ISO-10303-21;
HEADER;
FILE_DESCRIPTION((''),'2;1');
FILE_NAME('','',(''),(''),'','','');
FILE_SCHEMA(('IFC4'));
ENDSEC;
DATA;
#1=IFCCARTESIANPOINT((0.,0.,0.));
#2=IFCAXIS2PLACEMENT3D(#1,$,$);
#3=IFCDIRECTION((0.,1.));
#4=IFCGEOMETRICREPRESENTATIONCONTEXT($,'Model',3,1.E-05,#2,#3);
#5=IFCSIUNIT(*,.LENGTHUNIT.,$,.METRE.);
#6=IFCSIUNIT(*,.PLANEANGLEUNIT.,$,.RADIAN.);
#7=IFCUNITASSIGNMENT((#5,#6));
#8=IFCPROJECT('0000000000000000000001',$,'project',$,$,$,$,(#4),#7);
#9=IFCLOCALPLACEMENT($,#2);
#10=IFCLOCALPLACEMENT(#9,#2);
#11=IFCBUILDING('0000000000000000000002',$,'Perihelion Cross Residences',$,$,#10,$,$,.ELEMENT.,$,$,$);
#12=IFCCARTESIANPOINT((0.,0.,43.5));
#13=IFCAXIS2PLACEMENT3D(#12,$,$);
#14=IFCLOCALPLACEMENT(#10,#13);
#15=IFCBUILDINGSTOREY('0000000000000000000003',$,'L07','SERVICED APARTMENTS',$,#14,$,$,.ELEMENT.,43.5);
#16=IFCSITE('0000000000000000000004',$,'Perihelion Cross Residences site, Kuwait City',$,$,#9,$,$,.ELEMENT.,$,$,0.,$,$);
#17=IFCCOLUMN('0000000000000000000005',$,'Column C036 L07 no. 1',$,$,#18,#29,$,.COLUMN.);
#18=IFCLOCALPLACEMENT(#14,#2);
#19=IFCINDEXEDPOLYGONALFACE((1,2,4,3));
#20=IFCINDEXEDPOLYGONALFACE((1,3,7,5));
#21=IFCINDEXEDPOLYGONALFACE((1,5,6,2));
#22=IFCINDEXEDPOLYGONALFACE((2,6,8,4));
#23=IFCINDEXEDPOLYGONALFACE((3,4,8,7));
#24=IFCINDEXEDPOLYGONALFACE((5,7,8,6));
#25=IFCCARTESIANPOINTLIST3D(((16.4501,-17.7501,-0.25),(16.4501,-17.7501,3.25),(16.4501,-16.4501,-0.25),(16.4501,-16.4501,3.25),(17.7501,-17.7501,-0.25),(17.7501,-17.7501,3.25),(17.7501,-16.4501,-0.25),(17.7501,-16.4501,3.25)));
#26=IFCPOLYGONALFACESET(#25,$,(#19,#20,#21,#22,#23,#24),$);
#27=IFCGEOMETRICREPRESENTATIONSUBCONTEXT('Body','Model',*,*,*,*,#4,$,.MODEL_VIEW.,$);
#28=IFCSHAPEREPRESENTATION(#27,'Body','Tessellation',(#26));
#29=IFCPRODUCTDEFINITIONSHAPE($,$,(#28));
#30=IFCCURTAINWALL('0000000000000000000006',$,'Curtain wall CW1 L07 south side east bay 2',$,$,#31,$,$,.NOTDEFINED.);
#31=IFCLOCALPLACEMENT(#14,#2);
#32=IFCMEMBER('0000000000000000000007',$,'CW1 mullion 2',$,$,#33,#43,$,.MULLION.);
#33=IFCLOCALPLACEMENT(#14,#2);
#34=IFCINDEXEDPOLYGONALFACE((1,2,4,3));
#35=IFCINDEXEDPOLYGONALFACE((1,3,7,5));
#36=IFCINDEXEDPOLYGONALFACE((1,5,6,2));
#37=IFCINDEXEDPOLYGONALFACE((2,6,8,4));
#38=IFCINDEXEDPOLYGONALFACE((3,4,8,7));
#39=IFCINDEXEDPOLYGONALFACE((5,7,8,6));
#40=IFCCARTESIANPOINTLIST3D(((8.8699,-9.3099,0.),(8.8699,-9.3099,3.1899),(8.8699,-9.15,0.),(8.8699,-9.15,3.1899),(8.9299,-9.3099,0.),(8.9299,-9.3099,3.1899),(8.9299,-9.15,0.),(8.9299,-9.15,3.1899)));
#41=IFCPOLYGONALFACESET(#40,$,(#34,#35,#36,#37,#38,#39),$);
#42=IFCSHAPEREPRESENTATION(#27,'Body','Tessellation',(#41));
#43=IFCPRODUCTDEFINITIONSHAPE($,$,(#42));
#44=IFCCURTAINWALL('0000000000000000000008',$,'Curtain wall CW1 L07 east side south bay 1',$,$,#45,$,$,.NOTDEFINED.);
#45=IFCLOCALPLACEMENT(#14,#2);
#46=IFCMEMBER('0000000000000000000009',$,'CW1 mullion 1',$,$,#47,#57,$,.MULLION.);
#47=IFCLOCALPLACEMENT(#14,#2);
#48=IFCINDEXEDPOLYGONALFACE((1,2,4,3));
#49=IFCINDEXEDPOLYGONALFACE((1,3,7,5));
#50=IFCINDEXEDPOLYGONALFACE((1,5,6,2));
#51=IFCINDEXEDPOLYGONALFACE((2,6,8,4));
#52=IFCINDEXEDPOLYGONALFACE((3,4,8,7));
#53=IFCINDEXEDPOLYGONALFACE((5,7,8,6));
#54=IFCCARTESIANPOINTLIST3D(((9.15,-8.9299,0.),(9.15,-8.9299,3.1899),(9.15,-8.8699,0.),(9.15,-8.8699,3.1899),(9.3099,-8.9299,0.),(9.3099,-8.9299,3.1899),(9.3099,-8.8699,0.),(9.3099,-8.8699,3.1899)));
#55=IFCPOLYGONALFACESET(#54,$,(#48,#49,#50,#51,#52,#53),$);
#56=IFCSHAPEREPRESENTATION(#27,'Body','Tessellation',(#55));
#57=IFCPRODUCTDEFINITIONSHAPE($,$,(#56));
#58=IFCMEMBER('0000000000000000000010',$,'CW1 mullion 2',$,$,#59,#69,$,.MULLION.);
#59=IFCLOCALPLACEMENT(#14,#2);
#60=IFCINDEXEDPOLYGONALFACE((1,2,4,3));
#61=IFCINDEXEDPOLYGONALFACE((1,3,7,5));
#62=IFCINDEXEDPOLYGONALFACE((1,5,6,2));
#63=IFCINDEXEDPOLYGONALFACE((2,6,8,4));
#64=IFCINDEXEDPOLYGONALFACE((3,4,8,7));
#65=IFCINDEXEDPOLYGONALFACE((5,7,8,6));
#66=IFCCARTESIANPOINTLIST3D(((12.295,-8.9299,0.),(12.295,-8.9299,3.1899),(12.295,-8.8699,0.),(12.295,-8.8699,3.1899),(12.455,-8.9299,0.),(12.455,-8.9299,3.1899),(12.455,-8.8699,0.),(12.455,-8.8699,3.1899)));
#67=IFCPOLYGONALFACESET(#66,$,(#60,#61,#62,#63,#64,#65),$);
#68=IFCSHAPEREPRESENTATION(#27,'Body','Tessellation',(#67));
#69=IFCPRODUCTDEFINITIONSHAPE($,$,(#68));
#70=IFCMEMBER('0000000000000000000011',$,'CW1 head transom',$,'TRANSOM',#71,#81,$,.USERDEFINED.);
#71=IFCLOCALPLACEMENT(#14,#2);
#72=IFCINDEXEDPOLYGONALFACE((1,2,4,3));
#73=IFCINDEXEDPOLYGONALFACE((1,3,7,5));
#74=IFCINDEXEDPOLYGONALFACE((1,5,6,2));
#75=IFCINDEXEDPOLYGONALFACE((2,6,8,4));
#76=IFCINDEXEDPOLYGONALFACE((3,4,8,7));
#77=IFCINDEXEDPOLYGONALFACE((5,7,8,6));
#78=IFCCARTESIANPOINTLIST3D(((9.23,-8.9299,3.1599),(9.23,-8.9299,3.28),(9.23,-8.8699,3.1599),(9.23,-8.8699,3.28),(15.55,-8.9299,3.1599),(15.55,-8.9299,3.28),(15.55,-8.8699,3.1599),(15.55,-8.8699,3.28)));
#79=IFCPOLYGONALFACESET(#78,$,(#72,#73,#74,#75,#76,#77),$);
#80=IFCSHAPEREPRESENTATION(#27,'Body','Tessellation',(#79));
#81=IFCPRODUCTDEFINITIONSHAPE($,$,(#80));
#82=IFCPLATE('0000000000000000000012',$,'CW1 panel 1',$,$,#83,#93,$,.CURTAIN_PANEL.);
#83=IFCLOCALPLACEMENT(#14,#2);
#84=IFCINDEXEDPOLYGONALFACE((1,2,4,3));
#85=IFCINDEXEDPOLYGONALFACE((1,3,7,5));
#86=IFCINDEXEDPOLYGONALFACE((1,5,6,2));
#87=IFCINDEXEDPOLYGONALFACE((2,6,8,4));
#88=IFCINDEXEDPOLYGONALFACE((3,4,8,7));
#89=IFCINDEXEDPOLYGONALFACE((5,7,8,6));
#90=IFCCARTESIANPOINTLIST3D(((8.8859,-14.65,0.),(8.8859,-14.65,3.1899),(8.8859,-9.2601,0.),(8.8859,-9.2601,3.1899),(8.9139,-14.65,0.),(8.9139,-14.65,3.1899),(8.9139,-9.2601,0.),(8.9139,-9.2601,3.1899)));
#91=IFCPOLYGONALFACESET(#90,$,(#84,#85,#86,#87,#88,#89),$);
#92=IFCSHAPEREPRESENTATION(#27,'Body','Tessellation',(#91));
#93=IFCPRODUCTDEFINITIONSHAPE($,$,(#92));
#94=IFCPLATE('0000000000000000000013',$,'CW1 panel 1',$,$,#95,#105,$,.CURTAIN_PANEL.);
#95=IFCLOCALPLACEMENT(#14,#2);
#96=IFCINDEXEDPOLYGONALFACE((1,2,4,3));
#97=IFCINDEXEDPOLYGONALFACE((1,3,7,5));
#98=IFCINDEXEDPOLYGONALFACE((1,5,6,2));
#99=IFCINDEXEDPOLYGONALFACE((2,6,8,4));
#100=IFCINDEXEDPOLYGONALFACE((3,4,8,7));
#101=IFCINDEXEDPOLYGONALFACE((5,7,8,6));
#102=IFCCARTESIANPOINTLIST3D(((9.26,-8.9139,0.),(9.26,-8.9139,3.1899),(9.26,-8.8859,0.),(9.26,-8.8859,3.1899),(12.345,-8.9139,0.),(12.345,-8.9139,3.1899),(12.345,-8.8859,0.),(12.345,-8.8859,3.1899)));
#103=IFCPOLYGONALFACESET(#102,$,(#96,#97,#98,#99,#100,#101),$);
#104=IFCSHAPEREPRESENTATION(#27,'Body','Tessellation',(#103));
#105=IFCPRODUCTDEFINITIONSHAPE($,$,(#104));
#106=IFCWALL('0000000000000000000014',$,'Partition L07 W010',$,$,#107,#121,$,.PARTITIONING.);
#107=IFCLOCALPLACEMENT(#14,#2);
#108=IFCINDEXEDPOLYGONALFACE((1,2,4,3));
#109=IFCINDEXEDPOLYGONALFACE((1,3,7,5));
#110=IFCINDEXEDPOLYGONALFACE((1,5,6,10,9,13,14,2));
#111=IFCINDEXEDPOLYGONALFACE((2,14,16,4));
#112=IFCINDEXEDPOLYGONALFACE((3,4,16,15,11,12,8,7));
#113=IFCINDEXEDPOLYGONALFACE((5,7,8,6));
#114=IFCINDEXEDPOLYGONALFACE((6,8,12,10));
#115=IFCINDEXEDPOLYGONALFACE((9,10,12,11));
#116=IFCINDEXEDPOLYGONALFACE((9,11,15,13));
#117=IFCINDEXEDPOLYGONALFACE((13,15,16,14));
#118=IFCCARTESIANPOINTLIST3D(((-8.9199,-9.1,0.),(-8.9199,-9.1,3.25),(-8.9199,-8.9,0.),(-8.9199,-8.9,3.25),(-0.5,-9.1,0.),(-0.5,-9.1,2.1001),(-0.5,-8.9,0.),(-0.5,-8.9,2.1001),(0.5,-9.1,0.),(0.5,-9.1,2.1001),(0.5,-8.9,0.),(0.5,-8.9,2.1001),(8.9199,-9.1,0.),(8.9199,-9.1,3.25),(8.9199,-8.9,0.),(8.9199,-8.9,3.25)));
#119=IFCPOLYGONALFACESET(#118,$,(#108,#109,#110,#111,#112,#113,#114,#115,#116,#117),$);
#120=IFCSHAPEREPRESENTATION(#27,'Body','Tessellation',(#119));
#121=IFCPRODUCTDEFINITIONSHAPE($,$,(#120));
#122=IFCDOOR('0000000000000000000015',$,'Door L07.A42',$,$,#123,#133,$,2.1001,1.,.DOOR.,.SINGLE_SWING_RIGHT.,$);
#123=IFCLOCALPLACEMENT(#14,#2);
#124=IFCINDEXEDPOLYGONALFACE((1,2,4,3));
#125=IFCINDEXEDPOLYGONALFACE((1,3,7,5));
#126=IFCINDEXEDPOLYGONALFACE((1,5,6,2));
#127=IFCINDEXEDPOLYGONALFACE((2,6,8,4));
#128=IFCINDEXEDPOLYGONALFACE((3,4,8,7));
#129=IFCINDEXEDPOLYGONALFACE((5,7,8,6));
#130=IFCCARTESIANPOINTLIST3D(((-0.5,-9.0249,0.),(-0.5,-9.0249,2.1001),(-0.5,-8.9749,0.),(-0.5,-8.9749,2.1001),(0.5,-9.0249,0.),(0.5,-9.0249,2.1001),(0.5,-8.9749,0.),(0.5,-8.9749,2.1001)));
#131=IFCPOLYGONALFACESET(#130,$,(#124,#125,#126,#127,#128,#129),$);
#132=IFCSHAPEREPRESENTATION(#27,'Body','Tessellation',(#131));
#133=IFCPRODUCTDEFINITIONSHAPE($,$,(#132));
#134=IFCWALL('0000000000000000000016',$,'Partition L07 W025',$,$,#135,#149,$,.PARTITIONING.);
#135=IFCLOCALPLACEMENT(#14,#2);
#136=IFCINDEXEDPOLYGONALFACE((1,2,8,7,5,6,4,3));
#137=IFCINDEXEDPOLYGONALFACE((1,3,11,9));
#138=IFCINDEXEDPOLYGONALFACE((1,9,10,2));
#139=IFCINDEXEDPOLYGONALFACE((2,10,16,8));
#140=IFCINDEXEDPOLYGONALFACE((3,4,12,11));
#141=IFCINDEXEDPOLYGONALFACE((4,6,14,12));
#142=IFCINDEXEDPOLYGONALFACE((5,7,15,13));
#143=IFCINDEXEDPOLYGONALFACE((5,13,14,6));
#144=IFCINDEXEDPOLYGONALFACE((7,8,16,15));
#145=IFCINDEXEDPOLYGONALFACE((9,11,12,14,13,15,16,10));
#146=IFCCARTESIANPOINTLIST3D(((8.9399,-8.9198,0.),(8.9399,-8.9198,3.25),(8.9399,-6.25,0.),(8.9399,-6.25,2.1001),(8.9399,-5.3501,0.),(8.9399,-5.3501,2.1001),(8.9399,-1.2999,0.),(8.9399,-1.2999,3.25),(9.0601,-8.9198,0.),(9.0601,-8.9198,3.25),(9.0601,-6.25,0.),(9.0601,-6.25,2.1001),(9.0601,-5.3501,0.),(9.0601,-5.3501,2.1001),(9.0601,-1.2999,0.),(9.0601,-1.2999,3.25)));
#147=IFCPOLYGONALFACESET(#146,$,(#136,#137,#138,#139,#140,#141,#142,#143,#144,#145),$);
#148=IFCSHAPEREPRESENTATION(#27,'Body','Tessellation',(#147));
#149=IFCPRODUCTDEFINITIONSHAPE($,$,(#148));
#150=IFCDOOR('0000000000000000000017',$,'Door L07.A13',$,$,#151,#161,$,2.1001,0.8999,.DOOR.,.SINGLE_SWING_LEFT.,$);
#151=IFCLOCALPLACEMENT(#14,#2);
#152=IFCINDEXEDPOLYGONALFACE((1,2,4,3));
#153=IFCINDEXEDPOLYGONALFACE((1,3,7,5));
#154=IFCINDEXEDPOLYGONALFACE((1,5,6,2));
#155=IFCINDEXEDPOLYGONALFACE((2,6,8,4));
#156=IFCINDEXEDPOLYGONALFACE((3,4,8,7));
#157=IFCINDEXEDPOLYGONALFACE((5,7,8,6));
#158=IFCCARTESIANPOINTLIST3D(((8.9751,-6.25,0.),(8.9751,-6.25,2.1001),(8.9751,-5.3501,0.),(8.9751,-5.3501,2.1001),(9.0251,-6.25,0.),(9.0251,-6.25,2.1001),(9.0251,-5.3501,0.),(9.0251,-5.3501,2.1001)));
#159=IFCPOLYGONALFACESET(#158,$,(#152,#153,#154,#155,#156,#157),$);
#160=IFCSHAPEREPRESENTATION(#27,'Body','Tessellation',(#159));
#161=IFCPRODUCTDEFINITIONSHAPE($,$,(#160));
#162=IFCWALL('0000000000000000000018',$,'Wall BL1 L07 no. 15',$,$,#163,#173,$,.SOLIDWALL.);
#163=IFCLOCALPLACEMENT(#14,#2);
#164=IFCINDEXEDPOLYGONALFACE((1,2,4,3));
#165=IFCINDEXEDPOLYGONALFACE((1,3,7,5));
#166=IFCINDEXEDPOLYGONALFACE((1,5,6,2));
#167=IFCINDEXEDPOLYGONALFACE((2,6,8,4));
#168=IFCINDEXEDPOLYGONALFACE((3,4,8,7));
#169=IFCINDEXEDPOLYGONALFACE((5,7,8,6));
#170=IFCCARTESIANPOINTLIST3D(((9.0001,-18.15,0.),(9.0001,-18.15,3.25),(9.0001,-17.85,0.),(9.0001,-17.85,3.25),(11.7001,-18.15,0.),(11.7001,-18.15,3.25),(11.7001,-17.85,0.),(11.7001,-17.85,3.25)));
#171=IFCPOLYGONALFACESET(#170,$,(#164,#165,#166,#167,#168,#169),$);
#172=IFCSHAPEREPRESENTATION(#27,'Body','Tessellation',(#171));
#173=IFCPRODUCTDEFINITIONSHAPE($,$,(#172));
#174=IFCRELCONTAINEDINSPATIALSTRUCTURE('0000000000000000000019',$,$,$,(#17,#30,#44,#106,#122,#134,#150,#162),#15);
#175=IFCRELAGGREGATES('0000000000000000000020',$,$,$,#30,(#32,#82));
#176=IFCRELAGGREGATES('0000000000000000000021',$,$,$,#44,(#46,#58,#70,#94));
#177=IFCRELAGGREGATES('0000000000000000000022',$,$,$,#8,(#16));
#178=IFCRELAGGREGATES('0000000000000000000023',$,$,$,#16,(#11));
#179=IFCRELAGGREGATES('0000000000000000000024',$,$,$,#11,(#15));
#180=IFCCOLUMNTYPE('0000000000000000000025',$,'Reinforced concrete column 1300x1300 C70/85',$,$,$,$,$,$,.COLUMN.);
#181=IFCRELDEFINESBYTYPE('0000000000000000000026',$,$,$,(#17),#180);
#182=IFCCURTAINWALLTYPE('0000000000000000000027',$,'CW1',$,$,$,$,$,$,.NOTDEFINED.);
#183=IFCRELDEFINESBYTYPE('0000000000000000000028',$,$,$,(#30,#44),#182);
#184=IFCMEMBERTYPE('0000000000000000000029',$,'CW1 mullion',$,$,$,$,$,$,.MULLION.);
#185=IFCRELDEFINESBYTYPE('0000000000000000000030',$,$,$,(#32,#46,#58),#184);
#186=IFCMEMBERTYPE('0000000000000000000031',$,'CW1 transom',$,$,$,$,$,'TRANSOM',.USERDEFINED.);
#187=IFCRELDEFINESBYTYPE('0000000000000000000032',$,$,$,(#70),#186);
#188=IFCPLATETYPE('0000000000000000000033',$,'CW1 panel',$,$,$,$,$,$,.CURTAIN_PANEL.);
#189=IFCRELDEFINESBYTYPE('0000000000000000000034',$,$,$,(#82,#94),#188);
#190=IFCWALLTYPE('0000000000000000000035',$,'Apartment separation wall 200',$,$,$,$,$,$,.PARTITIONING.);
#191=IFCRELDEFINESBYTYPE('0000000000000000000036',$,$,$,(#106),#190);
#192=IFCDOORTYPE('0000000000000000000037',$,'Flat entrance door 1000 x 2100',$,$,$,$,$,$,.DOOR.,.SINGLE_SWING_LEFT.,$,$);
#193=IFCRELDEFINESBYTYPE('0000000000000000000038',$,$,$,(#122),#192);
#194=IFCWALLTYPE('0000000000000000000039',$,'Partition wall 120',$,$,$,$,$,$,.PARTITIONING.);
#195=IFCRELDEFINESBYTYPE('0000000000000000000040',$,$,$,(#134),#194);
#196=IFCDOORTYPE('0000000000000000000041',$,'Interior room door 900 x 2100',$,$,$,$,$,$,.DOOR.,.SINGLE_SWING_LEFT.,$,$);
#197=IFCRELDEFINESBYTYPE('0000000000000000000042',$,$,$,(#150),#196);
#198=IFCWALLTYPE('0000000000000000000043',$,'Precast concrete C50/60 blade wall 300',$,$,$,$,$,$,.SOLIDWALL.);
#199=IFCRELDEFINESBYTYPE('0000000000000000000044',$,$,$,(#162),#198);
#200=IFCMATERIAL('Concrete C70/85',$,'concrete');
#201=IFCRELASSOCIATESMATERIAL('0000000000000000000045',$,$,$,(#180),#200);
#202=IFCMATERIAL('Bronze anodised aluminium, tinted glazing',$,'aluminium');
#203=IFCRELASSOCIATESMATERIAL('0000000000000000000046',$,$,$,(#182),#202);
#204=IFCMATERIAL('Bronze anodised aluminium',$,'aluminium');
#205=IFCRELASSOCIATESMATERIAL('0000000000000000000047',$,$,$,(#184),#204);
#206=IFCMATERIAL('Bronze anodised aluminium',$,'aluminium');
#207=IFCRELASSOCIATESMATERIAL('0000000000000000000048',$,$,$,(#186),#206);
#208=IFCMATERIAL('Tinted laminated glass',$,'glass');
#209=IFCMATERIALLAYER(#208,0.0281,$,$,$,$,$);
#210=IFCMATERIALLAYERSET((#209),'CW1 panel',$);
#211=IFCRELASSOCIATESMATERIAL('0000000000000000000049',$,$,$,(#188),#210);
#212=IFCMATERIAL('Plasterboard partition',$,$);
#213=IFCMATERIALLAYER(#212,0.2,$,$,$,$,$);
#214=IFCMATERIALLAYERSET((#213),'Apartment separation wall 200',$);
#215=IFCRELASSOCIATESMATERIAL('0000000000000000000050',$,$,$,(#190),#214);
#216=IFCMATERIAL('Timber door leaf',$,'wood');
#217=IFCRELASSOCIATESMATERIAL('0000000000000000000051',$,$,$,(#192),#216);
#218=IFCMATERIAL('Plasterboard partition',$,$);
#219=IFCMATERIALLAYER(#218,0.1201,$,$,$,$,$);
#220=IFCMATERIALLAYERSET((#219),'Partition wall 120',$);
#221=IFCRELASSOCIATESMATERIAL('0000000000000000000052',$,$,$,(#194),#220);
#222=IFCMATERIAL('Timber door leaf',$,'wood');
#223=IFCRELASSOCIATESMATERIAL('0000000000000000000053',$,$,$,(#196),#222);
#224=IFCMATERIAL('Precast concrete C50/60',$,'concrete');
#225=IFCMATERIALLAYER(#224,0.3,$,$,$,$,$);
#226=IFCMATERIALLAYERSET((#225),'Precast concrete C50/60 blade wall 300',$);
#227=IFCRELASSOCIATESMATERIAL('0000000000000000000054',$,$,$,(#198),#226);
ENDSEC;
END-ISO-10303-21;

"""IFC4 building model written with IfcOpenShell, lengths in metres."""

from ifc_helpers import new_model, si_unit, direction, frame, frame_2d, origin, origin_2d, place, context, subcontext, project, spatial, rectangle, extrude, material, layer, layer_set, material_profile, profile_set, type_object, element, fill, aggregate, save


model = new_model("IFC4")

# Units and contexts
model_context = context("Model", 3, precision=1e-05, world=origin(), true_north=direction((0.0, 1.0)))
body_context = subcontext(model_context, "Body", "Model", "MODEL_VIEW")
ifc_project = project(units=[si_unit("LENGTHUNIT", "METRE"), si_unit("PLANEANGLEUNIT", "RADIAN")], contexts=[model_context])

# Site, building, storey
site_placement = place(None, origin())
site = spatial("IfcSite", under=ifc_project, at=site_placement, Name="Perihelion Cross Residences site, Kuwait City", CompositionType="ELEMENT", RefElevation=0.0)
building_placement = place(site_placement, origin())
building = spatial("IfcBuilding", under=site, at=building_placement, Name="Perihelion Cross Residences", CompositionType="ELEMENT")
storey_placement = place(building_placement, frame((0.0, 0.0, 43.5)))
storey = spatial("IfcBuildingStorey", under=building, at=storey_placement, Name="L07", Description="SERVICED APARTMENTS", CompositionType="ELEMENT", Elevation=43.5)

# Column
ifc_material_1 = material(Name="Concrete C70/85", Category="concrete")
ifc_material_profile_1 = material_profile(ifc_material_1, rectangle(XDim=1.3, YDim=1.3, at=origin_2d()), Name="RC 1300x1300")
ifc_profile_set_1 = profile_set([ifc_material_profile_1], Name="Concrete C70/85")
column_type = type_object("IfcColumnType", Name="Reinforced concrete column 1300x1300 C70/85", PredefinedType="COLUMN", material=ifc_profile_set_1)
column_placement = place(storey_placement, frame((17.1001, -17.1001, -0.25), z_axis=(0.0, 0.0, 1.0), x_axis=(1.0, 0.0, 0.0)))
element("IfcColumn", 1, at=column_placement, inside=storey, type_object=column_type, Name="Column C036 L07 no. 1", PredefinedType="COLUMN", context=body_context, shape_type="SweptSolid", body=[
    extrude(rectangle(XDim=1.3, YDim=1.3, at=origin_2d()), origin(), (0.0, 0.0, 1.0), 3.5),
])

# Curtain wall, member
ifc_material_2 = material(Name="Bronze anodised aluminium, tinted glazing", Category="aluminium")
curtain_wall_type = type_object("IfcCurtainWallType", Name="CW1", PredefinedType="NOTDEFINED", material=ifc_material_2)
curtain_wall_1_placement = place(storey_placement, origin())
curtain_wall_1 = element("IfcCurtainWall", 2, at=curtain_wall_1_placement, inside=storey, type_object=curtain_wall_type, Name="Curtain wall CW1 L07 south side east bay 2", PredefinedType="NOTDEFINED")
ifc_material_3 = material(Name="Bronze anodised aluminium", Category="aluminium")
ifc_material_profile_2 = material_profile(ifc_material_3, rectangle(XDim=0.0601, YDim=0.1599, at=origin_2d()), Name="CW1 mullion")
ifc_profile_set_2 = profile_set([ifc_material_profile_2], Name="Bronze anodised aluminium")
member_type_1 = type_object("IfcMemberType", Name="CW1 mullion", PredefinedType="MULLION", material=ifc_profile_set_2)
member_1_placement = place(storey_placement, frame((8.8999, -9.23, 0.0), z_axis=(0.0, 0.0, 1.0), x_axis=(-1.0, 0.0, 0.0)))
member_1 = element("IfcMember", 3, at=member_1_placement, type_object=member_type_1, Name="CW1 mullion 2", PredefinedType="MULLION", context=body_context, shape_type="SweptSolid", body=[
    extrude(rectangle(XDim=0.0601, YDim=0.1599, at=origin_2d()), origin(), (0.0, 0.0, 1.0), 3.1899),
])

# Curtain wall, members
curtain_wall_2_placement = place(storey_placement, origin())
curtain_wall_2 = element("IfcCurtainWall", 4, at=curtain_wall_2_placement, inside=storey, type_object=curtain_wall_type, Name="Curtain wall CW1 L07 east side south bay 1", PredefinedType="NOTDEFINED")
member_2_placement = place(storey_placement, frame((9.23, -8.8999, 0.0), z_axis=(0.0, 0.0, 1.0), x_axis=(0.0, 1.0, 0.0)))
member_2 = element("IfcMember", 5, at=member_2_placement, type_object=member_type_1, Name="CW1 mullion 1", PredefinedType="MULLION", context=body_context, shape_type="SweptSolid", body=[
    extrude(rectangle(XDim=0.0601, YDim=0.1599, at=origin_2d()), origin(), (0.0, 0.0, 1.0), 3.1899),
])
member_3_placement = place(storey_placement, frame((12.375, -8.8999, 0.0), z_axis=(0.0, 0.0, 1.0), x_axis=(0.0, 1.0, 0.0)))
member_3 = element("IfcMember", 6, at=member_3_placement, type_object=member_type_1, Name="CW1 mullion 2", PredefinedType="MULLION", context=body_context, shape_type="SweptSolid", body=[
    extrude(rectangle(XDim=0.0601, YDim=0.1599, at=origin_2d()), origin(), (0.0, 0.0, 1.0), 3.1899),
])
ifc_material_4 = material(Name="Bronze anodised aluminium", Category="aluminium")
ifc_material_profile_3 = material_profile(ifc_material_4, rectangle(XDim=0.0601, YDim=0.1201, at=origin_2d()), Name="CW1 transom")
ifc_profile_set_3 = profile_set([ifc_material_profile_3], Name="Bronze anodised aluminium")
member_type_2 = type_object("IfcMemberType", Name="CW1 transom", ElementType="TRANSOM", PredefinedType="USERDEFINED", material=ifc_profile_set_3)
member_4_placement = place(storey_placement, frame((9.23, -8.8999, 3.22), z_axis=(1.0, 0.0, 0.0), x_axis=(0.0, 1.0, 0.0)))
member_4 = element("IfcMember", 7, at=member_4_placement, type_object=member_type_2, Name="CW1 head transom", ObjectType="TRANSOM", PredefinedType="USERDEFINED", context=body_context, shape_type="SweptSolid", body=[
    extrude(rectangle(XDim=0.0601, YDim=0.1201, at=origin_2d()), origin(), (0.0, 0.0, 1.0), 6.3201),
])

# Plates
ifc_material_5 = material(Name="Tinted laminated glass", Category="glass")
ifc_layer_1 = layer(ifc_material_5, 0.0281)
ifc_layer_set_1 = layer_set([ifc_layer_1], Name="CW1 panel")
plate_type = type_object("IfcPlateType", Name="CW1 panel", PredefinedType="CURTAIN_PANEL", material=ifc_layer_set_1)
plate_1_placement = place(storey_placement, frame((8.8999, -11.9551, 0.0), z_axis=(0.0, 0.0, 1.0), x_axis=(0.0, 1.0, 0.0)))
plate_1 = element("IfcPlate", 8, at=plate_1_placement, type_object=plate_type, Name="CW1 panel 1", PredefinedType="CURTAIN_PANEL", context=body_context, shape_type="SweptSolid", body=[
    extrude(rectangle(XDim=5.3899, YDim=0.0281, at=origin_2d()), origin(), (0.0, 0.0, 1.0), 3.1899),
])
aggregate(curtain_wall_1, [member_1, plate_1])
plate_2_placement = place(storey_placement, frame((10.8025, -8.8999, 0.0), z_axis=(0.0, 0.0, 1.0), x_axis=(1.0, 0.0, 0.0)))
plate_2 = element("IfcPlate", 9, at=plate_2_placement, type_object=plate_type, Name="CW1 panel 1", PredefinedType="CURTAIN_PANEL", context=body_context, shape_type="SweptSolid", body=[
    extrude(rectangle(XDim=3.085, YDim=0.0281, at=origin_2d()), origin(), (0.0, 0.0, 1.0), 3.1899),
])
aggregate(curtain_wall_2, [member_2, member_3, member_4, plate_2])

# Walls, openings, doors
ifc_material_6 = material(Name="Plasterboard partition")
ifc_layer_2 = layer(ifc_material_6, 0.2)
ifc_layer_set_2 = layer_set([ifc_layer_2], Name="Apartment separation wall 200")
wall_type_1 = type_object("IfcWallType", Name="Apartment separation wall 200", PredefinedType="PARTITIONING", material=ifc_layer_set_2)
wall_1_placement = place(storey_placement, frame((8.9199, -9.0, 0.0), z_axis=(0.0, 0.0, 1.0), x_axis=(-1.0, 0.0, 0.0)))
wall_1 = element("IfcWall", 10, at=wall_1_placement, inside=storey, type_object=wall_type_1, Name="Partition L07 W010", PredefinedType="PARTITIONING", context=body_context, shape_type="SweptSolid", body=[
    extrude(rectangle(XDim=17.8398, YDim=0.2, at=frame_2d((8.9199, 0.0))), origin(), (0.0, 0.0, 1.0), 3.25),
])
opening_1_placement = place(wall_1_placement, frame((8.4199, 0.0, 0.0)))
opening_1 = element("IfcOpeningElement", 11, at=opening_1_placement, cuts=wall_1, PredefinedType="OPENING", context=body_context, shape_type="SweptSolid", body=[
    extrude(rectangle(XDim=1.0, YDim=2.1001, at=frame_2d((0.5, 1.05))), frame((0.0, 0.1099, 0.0), z_axis=(0.0, -1.0, 0.0), x_axis=(1.0, 0.0, 0.0)), (0.0, 0.0, 1.0), 0.22),
])
ifc_material_7 = material(Name="Timber door leaf", Category="wood")
door_type_1 = type_object("IfcDoorType", Name="Flat entrance door 1000 x 2100", OperationType="SINGLE_SWING_LEFT", PredefinedType="DOOR", material=ifc_material_7)
door_1_placement = place(opening_1_placement, origin())
door_1 = element("IfcDoor", 12, at=door_1_placement, inside=storey, type_object=door_type_1, Name="Door L07.A42", OperationType="SINGLE_SWING_RIGHT", OverallHeight=2.1001, OverallWidth=1.0, PredefinedType="DOOR", context=body_context, shape_type="SweptSolid", body=[
    extrude(rectangle(XDim=1.0, YDim=2.1001, at=frame_2d((0.5, 1.05))), frame((0.0, 0.0249, 0.0), z_axis=(0.0, -1.0, 0.0), x_axis=(1.0, 0.0, 0.0)), (0.0, 0.0, 1.0), 0.05),
])
fill(opening_1, door_1)
ifc_material_8 = material(Name="Plasterboard partition")
ifc_layer_3 = layer(ifc_material_8, 0.1201)
ifc_layer_set_3 = layer_set([ifc_layer_3], Name="Partition wall 120")
wall_type_2 = type_object("IfcWallType", Name="Partition wall 120", PredefinedType="PARTITIONING", material=ifc_layer_set_3)
wall_2_placement = place(storey_placement, frame((9.0, -8.9199, 0.0), z_axis=(0.0, 0.0, 1.0), x_axis=(0.0, 1.0, 0.0)))
wall_2 = element("IfcWall", 13, at=wall_2_placement, inside=storey, type_object=wall_type_2, Name="Partition L07 W025", PredefinedType="PARTITIONING", context=body_context, shape_type="SweptSolid", body=[
    extrude(rectangle(XDim=7.6199, YDim=0.1201, at=frame_2d((3.8101, 0.0))), origin(), (0.0, 0.0, 1.0), 3.25),
])
opening_2_placement = place(wall_2_placement, frame((2.6699, 0.0, 0.0)))
opening_2 = element("IfcOpeningElement", 14, at=opening_2_placement, cuts=wall_2, PredefinedType="OPENING", context=body_context, shape_type="SweptSolid", body=[
    extrude(rectangle(XDim=0.8999, YDim=2.1001, at=frame_2d((0.45, 1.05))), frame((0.0, 0.0701, 0.0), z_axis=(0.0, -1.0, 0.0), x_axis=(1.0, 0.0, 0.0)), (0.0, 0.0, 1.0), 0.1401),
])
ifc_material_9 = material(Name="Timber door leaf", Category="wood")
door_type_2 = type_object("IfcDoorType", Name="Interior room door 900 x 2100", OperationType="SINGLE_SWING_LEFT", PredefinedType="DOOR", material=ifc_material_9)
door_2_placement = place(opening_2_placement, origin())
door_2 = element("IfcDoor", 15, at=door_2_placement, inside=storey, type_object=door_type_2, Name="Door L07.A13", OperationType="SINGLE_SWING_LEFT", OverallHeight=2.1001, OverallWidth=0.8999, PredefinedType="DOOR", context=body_context, shape_type="SweptSolid", body=[
    extrude(rectangle(XDim=0.8999, YDim=2.1001, at=frame_2d((0.45, 1.05))), frame((0.0, 0.0249, 0.0), z_axis=(0.0, -1.0, 0.0), x_axis=(1.0, 0.0, 0.0)), (0.0, 0.0, 1.0), 0.05),
])
fill(opening_2, door_2)

# Wall
ifc_material_10 = material(Name="Precast concrete C50/60", Category="concrete")
ifc_layer_4 = layer(ifc_material_10, 0.3)
ifc_layer_set_4 = layer_set([ifc_layer_4], Name="Precast concrete C50/60 blade wall 300")
wall_type_3 = type_object("IfcWallType", Name="Precast concrete C50/60 blade wall 300", PredefinedType="SOLIDWALL", material=ifc_layer_set_4)
wall_3_placement = place(storey_placement, frame((9.0, -18.0, 0.0), z_axis=(0.0, 0.0, 1.0), x_axis=(1.0, 0.0, 0.0)))
element("IfcWall", 16, at=wall_3_placement, inside=storey, type_object=wall_type_3, Name="Wall BL1 L07 no. 15", PredefinedType="SOLIDWALL", context=body_context, shape_type="SweptSolid", body=[
    extrude(rectangle(XDim=2.7, YDim=0.3, at=frame_2d((1.3501, 0.0))), origin(), (0.0, 0.0, 1.0), 3.25),
])

save(model, "model.ifc")
